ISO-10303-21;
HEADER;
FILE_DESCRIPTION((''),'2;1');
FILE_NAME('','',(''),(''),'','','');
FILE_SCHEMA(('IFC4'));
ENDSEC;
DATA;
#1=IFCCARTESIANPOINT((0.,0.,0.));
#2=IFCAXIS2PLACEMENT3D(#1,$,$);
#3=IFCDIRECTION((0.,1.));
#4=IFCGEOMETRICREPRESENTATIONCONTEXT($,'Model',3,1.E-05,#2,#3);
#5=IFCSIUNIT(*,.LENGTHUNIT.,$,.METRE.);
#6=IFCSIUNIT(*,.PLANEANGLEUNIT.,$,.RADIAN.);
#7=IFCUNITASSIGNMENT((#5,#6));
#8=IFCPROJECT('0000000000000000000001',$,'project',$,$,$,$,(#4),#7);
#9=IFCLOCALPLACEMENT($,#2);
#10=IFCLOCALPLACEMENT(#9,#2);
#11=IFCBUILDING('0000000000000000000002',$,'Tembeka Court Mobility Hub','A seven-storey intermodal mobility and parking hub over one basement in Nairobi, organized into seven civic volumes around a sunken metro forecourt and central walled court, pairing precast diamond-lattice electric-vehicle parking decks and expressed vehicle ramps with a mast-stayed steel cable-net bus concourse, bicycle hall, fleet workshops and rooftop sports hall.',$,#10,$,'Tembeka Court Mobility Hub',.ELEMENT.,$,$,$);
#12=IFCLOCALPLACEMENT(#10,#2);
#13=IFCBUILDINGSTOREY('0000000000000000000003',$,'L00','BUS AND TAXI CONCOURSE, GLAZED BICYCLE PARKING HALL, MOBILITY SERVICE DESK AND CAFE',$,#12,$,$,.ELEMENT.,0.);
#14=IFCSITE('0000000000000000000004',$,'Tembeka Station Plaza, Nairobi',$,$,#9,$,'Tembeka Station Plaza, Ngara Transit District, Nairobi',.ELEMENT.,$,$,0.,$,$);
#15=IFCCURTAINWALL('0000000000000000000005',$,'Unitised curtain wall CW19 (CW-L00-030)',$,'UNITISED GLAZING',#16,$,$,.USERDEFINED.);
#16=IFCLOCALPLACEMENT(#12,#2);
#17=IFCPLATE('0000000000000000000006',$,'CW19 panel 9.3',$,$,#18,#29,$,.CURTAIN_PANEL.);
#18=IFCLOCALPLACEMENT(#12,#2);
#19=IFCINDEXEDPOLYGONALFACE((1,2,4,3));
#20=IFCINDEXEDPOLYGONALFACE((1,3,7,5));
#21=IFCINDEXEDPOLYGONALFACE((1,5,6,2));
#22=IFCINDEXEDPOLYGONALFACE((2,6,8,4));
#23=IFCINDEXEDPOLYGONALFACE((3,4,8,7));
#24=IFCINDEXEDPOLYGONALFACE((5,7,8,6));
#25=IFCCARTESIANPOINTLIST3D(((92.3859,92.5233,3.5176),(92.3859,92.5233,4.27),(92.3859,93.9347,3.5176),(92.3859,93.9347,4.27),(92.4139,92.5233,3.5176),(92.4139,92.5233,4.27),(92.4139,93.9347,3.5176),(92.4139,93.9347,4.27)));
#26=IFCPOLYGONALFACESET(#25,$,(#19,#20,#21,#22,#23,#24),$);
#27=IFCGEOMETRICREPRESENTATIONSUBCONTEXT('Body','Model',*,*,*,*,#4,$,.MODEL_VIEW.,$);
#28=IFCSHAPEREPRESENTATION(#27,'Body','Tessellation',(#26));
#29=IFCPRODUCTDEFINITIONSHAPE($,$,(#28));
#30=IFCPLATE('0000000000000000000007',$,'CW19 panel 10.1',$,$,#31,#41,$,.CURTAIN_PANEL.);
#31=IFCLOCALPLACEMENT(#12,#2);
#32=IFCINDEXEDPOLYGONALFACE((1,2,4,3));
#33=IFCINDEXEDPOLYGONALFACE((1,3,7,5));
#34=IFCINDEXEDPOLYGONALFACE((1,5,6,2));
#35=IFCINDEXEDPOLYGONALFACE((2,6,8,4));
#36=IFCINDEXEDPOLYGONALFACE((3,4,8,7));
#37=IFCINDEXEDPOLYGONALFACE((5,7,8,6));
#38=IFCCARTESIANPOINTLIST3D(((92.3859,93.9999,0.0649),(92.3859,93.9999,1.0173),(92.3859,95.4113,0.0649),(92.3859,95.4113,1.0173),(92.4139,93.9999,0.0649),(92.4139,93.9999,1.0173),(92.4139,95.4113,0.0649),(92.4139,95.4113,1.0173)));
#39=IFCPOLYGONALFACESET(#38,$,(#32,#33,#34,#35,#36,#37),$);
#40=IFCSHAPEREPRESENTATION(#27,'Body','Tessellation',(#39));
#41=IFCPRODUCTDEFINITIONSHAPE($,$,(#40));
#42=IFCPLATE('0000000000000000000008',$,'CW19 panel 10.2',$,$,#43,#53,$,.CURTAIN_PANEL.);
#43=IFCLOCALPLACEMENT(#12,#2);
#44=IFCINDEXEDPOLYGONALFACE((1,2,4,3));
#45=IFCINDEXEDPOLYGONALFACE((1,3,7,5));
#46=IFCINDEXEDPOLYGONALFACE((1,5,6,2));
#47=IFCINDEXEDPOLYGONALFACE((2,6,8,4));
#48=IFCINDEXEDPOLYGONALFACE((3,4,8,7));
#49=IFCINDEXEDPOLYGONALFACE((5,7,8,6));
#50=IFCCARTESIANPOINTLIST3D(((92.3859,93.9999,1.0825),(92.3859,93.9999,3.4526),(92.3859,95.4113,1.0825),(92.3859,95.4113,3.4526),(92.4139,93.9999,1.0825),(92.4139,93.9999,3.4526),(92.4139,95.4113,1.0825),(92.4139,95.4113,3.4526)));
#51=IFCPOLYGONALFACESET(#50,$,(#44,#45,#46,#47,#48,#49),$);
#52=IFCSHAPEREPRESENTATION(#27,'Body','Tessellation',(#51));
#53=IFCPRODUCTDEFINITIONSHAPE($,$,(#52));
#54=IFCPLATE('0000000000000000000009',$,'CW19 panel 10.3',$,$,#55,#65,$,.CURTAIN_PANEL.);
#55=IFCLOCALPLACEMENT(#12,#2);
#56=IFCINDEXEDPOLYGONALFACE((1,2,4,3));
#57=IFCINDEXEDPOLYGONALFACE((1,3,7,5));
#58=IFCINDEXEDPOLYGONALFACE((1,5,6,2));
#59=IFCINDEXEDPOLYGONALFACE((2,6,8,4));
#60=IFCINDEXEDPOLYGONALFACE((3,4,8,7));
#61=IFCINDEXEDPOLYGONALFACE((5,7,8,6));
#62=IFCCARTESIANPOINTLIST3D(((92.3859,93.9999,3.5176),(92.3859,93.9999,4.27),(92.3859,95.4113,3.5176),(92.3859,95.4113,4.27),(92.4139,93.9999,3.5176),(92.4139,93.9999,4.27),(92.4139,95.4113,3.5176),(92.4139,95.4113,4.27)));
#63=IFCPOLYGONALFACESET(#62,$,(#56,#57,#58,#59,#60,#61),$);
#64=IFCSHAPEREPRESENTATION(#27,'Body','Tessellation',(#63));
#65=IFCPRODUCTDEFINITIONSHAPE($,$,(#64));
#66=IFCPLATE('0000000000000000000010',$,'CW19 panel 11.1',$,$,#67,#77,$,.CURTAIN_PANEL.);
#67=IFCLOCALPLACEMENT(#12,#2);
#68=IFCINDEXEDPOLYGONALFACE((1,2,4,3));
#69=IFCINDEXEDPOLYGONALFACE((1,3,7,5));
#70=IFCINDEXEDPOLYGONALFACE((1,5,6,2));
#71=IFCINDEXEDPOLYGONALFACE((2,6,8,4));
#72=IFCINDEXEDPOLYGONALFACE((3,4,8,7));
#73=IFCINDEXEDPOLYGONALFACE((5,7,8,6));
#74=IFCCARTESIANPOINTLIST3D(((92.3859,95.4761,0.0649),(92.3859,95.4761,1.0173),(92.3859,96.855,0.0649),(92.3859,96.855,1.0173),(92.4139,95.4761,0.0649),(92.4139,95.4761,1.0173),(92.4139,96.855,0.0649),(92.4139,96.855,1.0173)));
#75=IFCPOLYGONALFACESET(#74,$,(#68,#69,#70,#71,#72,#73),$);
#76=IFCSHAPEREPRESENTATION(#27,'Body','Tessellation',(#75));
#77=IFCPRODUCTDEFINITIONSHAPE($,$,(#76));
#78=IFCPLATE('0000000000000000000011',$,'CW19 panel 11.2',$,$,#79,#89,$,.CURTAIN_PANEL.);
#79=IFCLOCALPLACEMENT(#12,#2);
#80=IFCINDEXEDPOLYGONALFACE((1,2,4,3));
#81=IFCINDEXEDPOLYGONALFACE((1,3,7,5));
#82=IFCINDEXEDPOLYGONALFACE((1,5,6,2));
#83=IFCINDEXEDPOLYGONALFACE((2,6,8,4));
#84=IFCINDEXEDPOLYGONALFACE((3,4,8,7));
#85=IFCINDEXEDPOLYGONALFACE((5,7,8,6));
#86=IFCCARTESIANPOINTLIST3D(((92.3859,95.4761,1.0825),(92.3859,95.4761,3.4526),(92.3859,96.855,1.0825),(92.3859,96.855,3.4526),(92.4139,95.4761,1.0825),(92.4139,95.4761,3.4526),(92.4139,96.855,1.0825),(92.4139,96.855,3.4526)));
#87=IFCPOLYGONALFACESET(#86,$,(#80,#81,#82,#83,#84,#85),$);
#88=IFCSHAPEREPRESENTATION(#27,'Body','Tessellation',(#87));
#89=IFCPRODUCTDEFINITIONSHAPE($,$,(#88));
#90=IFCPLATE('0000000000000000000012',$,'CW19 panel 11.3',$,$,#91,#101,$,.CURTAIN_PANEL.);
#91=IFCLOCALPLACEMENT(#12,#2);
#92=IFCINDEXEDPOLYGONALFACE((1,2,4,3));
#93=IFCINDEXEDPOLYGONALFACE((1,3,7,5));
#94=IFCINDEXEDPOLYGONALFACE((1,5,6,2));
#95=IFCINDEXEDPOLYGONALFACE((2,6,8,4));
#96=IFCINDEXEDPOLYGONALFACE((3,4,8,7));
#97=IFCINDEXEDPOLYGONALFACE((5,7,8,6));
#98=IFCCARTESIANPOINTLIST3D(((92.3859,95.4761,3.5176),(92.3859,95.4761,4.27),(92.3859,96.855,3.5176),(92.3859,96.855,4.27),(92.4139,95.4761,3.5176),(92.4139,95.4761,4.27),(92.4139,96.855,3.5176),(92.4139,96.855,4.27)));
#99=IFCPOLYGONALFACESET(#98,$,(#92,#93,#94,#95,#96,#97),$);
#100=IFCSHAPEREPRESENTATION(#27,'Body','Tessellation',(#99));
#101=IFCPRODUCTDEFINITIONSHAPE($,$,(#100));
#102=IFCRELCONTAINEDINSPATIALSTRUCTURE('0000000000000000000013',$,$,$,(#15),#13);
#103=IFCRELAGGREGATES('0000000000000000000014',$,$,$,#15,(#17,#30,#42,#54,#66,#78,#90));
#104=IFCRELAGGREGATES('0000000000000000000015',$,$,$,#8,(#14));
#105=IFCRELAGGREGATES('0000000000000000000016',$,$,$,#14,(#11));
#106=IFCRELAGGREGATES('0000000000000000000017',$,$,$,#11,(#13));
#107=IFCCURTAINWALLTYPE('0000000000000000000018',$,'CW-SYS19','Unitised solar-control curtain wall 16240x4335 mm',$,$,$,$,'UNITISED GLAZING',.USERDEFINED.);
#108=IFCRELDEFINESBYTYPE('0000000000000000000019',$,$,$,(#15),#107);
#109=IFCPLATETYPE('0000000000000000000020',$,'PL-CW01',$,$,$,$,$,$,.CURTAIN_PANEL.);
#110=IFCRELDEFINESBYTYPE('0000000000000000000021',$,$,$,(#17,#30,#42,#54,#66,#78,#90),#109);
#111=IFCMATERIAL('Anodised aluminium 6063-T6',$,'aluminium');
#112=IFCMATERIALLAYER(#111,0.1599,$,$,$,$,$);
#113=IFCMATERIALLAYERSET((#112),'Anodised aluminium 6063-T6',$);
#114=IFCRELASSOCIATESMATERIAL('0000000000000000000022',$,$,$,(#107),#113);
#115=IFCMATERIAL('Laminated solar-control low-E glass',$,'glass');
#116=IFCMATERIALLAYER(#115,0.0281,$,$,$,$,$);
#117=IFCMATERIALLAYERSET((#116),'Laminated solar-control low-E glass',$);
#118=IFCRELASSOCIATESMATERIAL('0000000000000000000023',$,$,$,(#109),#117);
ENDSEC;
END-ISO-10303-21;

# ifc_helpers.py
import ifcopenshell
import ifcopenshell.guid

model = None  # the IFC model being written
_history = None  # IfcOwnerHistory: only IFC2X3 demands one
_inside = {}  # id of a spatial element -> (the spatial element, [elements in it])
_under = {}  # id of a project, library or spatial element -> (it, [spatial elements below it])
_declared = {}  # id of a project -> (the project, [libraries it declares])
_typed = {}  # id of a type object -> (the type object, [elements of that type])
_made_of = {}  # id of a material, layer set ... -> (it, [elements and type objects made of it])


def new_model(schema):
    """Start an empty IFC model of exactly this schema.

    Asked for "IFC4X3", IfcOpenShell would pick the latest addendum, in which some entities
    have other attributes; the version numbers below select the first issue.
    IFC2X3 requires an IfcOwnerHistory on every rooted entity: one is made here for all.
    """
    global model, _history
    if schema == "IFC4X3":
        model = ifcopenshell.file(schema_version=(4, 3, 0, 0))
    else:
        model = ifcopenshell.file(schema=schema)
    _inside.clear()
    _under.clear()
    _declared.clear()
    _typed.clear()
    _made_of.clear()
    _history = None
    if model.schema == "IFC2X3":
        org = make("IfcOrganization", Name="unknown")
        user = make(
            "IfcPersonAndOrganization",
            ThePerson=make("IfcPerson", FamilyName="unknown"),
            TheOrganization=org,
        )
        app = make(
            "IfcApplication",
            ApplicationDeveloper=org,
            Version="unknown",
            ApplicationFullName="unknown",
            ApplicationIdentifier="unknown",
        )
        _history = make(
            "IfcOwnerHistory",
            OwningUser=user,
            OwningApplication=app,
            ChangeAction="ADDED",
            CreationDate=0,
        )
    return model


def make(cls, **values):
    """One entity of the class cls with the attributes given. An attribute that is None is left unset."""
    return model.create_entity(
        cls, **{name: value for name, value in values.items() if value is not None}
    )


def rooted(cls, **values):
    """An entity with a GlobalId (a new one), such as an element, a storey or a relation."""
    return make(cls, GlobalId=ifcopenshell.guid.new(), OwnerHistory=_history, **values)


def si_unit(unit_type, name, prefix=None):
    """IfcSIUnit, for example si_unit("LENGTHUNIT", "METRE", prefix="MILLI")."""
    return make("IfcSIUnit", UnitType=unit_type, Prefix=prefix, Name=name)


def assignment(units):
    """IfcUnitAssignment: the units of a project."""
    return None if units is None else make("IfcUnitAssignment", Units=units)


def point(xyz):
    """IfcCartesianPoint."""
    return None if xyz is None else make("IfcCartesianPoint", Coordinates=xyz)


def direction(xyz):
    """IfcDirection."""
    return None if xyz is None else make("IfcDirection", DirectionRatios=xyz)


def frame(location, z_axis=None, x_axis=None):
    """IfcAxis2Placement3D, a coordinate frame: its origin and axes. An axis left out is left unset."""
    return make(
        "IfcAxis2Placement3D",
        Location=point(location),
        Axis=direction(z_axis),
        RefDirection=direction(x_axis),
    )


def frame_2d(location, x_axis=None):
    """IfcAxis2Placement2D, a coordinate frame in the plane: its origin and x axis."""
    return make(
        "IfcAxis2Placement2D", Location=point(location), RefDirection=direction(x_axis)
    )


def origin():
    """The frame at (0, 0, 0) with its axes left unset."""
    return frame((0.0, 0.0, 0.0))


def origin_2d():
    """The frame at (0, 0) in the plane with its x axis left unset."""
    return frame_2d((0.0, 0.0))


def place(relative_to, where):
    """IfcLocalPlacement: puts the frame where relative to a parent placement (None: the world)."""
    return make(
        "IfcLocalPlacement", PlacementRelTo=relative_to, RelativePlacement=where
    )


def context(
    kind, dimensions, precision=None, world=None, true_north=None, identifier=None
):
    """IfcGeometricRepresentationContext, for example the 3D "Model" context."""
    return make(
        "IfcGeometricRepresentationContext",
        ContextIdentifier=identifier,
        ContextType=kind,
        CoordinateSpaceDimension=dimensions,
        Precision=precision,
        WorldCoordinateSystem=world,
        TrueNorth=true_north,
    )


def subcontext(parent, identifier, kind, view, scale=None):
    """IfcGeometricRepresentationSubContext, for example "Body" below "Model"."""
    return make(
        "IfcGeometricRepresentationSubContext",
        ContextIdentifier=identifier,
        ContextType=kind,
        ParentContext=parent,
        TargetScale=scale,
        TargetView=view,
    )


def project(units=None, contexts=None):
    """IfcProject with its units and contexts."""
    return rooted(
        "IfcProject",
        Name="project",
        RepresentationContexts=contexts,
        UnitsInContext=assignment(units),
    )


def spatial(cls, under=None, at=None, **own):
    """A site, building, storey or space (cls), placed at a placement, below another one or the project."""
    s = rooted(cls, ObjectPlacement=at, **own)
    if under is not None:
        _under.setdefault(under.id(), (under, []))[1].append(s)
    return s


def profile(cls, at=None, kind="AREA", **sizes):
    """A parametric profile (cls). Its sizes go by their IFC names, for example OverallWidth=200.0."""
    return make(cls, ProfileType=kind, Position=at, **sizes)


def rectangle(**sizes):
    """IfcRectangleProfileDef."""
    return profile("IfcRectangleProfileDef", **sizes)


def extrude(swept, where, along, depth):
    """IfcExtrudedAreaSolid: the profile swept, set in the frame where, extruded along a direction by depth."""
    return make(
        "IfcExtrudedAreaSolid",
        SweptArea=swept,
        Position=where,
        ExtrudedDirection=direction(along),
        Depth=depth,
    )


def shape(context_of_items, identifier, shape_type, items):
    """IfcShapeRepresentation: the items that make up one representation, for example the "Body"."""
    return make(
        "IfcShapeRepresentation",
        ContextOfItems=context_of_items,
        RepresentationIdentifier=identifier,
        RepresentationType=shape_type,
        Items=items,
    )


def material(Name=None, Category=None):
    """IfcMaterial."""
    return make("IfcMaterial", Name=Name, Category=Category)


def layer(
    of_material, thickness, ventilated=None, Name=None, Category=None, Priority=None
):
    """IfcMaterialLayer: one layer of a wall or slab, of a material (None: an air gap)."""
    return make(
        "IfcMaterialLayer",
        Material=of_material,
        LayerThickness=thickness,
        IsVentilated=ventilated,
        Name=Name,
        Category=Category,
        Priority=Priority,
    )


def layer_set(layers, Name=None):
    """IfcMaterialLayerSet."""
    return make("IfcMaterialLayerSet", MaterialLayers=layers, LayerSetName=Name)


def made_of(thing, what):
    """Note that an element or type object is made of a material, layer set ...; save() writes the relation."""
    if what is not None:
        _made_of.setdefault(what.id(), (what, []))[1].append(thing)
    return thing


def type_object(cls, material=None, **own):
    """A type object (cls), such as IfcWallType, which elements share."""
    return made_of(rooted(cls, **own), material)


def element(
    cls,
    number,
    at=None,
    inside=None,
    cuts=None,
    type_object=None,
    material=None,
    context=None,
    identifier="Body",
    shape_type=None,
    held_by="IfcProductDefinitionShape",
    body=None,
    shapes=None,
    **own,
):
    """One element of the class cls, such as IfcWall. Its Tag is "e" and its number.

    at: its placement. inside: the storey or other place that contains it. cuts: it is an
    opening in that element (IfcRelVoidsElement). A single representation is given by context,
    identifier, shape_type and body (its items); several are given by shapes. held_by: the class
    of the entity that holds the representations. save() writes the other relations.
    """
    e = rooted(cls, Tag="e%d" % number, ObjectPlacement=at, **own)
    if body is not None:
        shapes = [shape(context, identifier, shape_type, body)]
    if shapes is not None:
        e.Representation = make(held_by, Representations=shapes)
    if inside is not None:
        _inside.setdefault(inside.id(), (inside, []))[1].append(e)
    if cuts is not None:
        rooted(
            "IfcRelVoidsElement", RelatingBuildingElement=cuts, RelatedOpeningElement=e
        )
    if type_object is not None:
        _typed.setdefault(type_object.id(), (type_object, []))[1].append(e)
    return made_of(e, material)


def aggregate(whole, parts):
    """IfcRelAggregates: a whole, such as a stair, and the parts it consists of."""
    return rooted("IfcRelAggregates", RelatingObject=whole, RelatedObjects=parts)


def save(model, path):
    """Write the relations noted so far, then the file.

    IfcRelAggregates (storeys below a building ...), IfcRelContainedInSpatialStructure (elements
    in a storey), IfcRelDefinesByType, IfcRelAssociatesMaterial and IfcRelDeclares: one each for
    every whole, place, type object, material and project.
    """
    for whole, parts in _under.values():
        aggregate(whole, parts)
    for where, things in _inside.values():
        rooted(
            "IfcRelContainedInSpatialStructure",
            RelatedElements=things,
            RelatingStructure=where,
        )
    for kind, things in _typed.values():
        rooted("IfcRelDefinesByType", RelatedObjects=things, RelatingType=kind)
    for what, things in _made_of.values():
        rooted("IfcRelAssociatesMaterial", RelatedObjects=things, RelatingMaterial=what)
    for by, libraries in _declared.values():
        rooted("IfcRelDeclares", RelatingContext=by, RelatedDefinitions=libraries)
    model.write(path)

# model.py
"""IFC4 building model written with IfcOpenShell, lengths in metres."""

from ifc_helpers import new_model, si_unit, direction, frame, origin, origin_2d, place, context, subcontext, project, spatial, rectangle, extrude, material, layer, layer_set, type_object, element, aggregate, save


model = new_model("IFC4")

# Units and contexts
model_context = context("Model", 3, precision=1e-05, world=origin(), true_north=direction((0.0, 1.0)))
body_context = subcontext(model_context, "Body", "Model", "MODEL_VIEW")
ifc_project = project(units=[si_unit("LENGTHUNIT", "METRE"), si_unit("PLANEANGLEUNIT", "RADIAN")], contexts=[model_context])

# Site, building, storey
site_placement = place(None, origin())
site = spatial("IfcSite", under=ifc_project, at=site_placement, Name="Tembeka Station Plaza, Nairobi", LongName="Tembeka Station Plaza, Ngara Transit District, Nairobi", CompositionType="ELEMENT", RefElevation=0.0)
building_placement = place(site_placement, origin())
building = spatial("IfcBuilding", under=site, at=building_placement, Name="Tembeka Court Mobility Hub", Description="A seven-storey intermodal mobility and parking hub over one basement in Nairobi, organized into seven civic volumes around a sunken metro forecourt and central walled court, pairing precast diamond-lattice electric-vehicle parking decks and expressed vehicle ramps with a mast-stayed steel cable-net bus concourse, bicycle hall, fleet workshops and rooftop sports hall.", LongName="Tembeka Court Mobility Hub", CompositionType="ELEMENT")
storey_placement = place(building_placement, origin())
storey = spatial("IfcBuildingStorey", under=building, at=storey_placement, Name="L00", Description="BUS AND TAXI CONCOURSE, GLAZED BICYCLE PARKING HALL, MOBILITY SERVICE DESK AND CAFE", CompositionType="ELEMENT", Elevation=0.0)

# Curtain wall, plates
ifc_material_1 = material(Name="Anodised aluminium 6063-T6", Category="aluminium")
ifc_layer_1 = layer(ifc_material_1, 0.1599)
ifc_layer_set_1 = layer_set([ifc_layer_1], Name="Anodised aluminium 6063-T6")
curtain_wall_type = type_object("IfcCurtainWallType", Name="CW-SYS19", Description="Unitised solar-control curtain wall 16240x4335 mm", ElementType="UNITISED GLAZING", PredefinedType="USERDEFINED", material=ifc_layer_set_1)
curtain_wall_placement = place(storey_placement, origin())
curtain_wall = element("IfcCurtainWall", 1, at=curtain_wall_placement, inside=storey, type_object=curtain_wall_type, Name="Unitised curtain wall CW19 (CW-L00-030)", ObjectType="UNITISED GLAZING", PredefinedType="USERDEFINED")
ifc_material_2 = material(Name="Laminated solar-control low-E glass", Category="glass")
ifc_layer_2 = layer(ifc_material_2, 0.0281)
ifc_layer_set_2 = layer_set([ifc_layer_2], Name="Laminated solar-control low-E glass")
plate_type = type_object("IfcPlateType", Name="PL-CW01", PredefinedType="CURTAIN_PANEL", material=ifc_layer_set_2)
plate_1_placement = place(storey_placement, frame((92.3999, 93.229, 3.5176), z_axis=(0.0, 0.0, 1.0), x_axis=(0.0, 1.0, 0.0)))
plate_1 = element("IfcPlate", 2, at=plate_1_placement, type_object=plate_type, Name="CW19 panel 9.3", PredefinedType="CURTAIN_PANEL", context=body_context, shape_type="SweptSolid", body=[
    extrude(rectangle(XDim=1.4114, YDim=0.0281, at=origin_2d()), origin(), (0.0, 0.0, 1.0), 0.7524),
])
plate_2_placement = place(storey_placement, frame((92.3999, 94.7056, 0.0649), z_axis=(0.0, 0.0, 1.0), x_axis=(0.0, 1.0, 0.0)))
plate_2 = element("IfcPlate", 3, at=plate_2_placement, type_object=plate_type, Name="CW19 panel 10.1", PredefinedType="CURTAIN_PANEL", context=body_context, shape_type="SweptSolid", body=[
    extrude(rectangle(XDim=1.4114, YDim=0.0281, at=origin_2d()), origin(), (0.0, 0.0, 1.0), 0.9524),
])
plate_3_placement = place(storey_placement, frame((92.3999, 94.7056, 1.0825), z_axis=(0.0, 0.0, 1.0), x_axis=(0.0, 1.0, 0.0)))
plate_3 = element("IfcPlate", 4, at=plate_3_placement, type_object=plate_type, Name="CW19 panel 10.2", PredefinedType="CURTAIN_PANEL", context=body_context, shape_type="SweptSolid", body=[
    extrude(rectangle(XDim=1.4114, YDim=0.0281, at=origin_2d()), origin(), (0.0, 0.0, 1.0), 2.3701),
])
plate_4_placement = place(storey_placement, frame((92.3999, 94.7056, 3.5176), z_axis=(0.0, 0.0, 1.0), x_axis=(0.0, 1.0, 0.0)))
plate_4 = element("IfcPlate", 5, at=plate_4_placement, type_object=plate_type, Name="CW19 panel 10.3", PredefinedType="CURTAIN_PANEL", context=body_context, shape_type="SweptSolid", body=[
    extrude(rectangle(XDim=1.4114, YDim=0.0281, at=origin_2d()), origin(), (0.0, 0.0, 1.0), 0.7524),
])
plate_5_placement = place(storey_placement, frame((92.3999, 96.1655, 0.0649), z_axis=(0.0, 0.0, 1.0), x_axis=(0.0, 1.0, 0.0)))
plate_5 = element("IfcPlate", 6, at=plate_5_placement, type_object=plate_type, Name="CW19 panel 11.1", PredefinedType="CURTAIN_PANEL", context=body_context, shape_type="SweptSolid", body=[
    extrude(rectangle(XDim=1.3789, YDim=0.0281, at=origin_2d()), origin(), (0.0, 0.0, 1.0), 0.9524),
])
plate_6_placement = place(storey_placement, frame((92.3999, 96.1655, 1.0825), z_axis=(0.0, 0.0, 1.0), x_axis=(0.0, 1.0, 0.0)))
plate_6 = element("IfcPlate", 7, at=plate_6_placement, type_object=plate_type, Name="CW19 panel 11.2", PredefinedType="CURTAIN_PANEL", context=body_context, shape_type="SweptSolid", body=[
    extrude(rectangle(XDim=1.3789, YDim=0.0281, at=origin_2d()), origin(), (0.0, 0.0, 1.0), 2.3701),
])
plate_7_placement = place(storey_placement, frame((92.3999, 96.1655, 3.5176), z_axis=(0.0, 0.0, 1.0), x_axis=(0.0, 1.0, 0.0)))
plate_7 = element("IfcPlate", 8, at=plate_7_placement, type_object=plate_type, Name="CW19 panel 11.3", PredefinedType="CURTAIN_PANEL", context=body_context, shape_type="SweptSolid", body=[
    extrude(rectangle(XDim=1.3789, YDim=0.0281, at=origin_2d()), origin(), (0.0, 0.0, 1.0), 0.7524),
])
aggregate(curtain_wall, [plate_1, plate_2, plate_3, plate_4, plate_5, plate_6, plate_7])

save(model, "model.ifc")
